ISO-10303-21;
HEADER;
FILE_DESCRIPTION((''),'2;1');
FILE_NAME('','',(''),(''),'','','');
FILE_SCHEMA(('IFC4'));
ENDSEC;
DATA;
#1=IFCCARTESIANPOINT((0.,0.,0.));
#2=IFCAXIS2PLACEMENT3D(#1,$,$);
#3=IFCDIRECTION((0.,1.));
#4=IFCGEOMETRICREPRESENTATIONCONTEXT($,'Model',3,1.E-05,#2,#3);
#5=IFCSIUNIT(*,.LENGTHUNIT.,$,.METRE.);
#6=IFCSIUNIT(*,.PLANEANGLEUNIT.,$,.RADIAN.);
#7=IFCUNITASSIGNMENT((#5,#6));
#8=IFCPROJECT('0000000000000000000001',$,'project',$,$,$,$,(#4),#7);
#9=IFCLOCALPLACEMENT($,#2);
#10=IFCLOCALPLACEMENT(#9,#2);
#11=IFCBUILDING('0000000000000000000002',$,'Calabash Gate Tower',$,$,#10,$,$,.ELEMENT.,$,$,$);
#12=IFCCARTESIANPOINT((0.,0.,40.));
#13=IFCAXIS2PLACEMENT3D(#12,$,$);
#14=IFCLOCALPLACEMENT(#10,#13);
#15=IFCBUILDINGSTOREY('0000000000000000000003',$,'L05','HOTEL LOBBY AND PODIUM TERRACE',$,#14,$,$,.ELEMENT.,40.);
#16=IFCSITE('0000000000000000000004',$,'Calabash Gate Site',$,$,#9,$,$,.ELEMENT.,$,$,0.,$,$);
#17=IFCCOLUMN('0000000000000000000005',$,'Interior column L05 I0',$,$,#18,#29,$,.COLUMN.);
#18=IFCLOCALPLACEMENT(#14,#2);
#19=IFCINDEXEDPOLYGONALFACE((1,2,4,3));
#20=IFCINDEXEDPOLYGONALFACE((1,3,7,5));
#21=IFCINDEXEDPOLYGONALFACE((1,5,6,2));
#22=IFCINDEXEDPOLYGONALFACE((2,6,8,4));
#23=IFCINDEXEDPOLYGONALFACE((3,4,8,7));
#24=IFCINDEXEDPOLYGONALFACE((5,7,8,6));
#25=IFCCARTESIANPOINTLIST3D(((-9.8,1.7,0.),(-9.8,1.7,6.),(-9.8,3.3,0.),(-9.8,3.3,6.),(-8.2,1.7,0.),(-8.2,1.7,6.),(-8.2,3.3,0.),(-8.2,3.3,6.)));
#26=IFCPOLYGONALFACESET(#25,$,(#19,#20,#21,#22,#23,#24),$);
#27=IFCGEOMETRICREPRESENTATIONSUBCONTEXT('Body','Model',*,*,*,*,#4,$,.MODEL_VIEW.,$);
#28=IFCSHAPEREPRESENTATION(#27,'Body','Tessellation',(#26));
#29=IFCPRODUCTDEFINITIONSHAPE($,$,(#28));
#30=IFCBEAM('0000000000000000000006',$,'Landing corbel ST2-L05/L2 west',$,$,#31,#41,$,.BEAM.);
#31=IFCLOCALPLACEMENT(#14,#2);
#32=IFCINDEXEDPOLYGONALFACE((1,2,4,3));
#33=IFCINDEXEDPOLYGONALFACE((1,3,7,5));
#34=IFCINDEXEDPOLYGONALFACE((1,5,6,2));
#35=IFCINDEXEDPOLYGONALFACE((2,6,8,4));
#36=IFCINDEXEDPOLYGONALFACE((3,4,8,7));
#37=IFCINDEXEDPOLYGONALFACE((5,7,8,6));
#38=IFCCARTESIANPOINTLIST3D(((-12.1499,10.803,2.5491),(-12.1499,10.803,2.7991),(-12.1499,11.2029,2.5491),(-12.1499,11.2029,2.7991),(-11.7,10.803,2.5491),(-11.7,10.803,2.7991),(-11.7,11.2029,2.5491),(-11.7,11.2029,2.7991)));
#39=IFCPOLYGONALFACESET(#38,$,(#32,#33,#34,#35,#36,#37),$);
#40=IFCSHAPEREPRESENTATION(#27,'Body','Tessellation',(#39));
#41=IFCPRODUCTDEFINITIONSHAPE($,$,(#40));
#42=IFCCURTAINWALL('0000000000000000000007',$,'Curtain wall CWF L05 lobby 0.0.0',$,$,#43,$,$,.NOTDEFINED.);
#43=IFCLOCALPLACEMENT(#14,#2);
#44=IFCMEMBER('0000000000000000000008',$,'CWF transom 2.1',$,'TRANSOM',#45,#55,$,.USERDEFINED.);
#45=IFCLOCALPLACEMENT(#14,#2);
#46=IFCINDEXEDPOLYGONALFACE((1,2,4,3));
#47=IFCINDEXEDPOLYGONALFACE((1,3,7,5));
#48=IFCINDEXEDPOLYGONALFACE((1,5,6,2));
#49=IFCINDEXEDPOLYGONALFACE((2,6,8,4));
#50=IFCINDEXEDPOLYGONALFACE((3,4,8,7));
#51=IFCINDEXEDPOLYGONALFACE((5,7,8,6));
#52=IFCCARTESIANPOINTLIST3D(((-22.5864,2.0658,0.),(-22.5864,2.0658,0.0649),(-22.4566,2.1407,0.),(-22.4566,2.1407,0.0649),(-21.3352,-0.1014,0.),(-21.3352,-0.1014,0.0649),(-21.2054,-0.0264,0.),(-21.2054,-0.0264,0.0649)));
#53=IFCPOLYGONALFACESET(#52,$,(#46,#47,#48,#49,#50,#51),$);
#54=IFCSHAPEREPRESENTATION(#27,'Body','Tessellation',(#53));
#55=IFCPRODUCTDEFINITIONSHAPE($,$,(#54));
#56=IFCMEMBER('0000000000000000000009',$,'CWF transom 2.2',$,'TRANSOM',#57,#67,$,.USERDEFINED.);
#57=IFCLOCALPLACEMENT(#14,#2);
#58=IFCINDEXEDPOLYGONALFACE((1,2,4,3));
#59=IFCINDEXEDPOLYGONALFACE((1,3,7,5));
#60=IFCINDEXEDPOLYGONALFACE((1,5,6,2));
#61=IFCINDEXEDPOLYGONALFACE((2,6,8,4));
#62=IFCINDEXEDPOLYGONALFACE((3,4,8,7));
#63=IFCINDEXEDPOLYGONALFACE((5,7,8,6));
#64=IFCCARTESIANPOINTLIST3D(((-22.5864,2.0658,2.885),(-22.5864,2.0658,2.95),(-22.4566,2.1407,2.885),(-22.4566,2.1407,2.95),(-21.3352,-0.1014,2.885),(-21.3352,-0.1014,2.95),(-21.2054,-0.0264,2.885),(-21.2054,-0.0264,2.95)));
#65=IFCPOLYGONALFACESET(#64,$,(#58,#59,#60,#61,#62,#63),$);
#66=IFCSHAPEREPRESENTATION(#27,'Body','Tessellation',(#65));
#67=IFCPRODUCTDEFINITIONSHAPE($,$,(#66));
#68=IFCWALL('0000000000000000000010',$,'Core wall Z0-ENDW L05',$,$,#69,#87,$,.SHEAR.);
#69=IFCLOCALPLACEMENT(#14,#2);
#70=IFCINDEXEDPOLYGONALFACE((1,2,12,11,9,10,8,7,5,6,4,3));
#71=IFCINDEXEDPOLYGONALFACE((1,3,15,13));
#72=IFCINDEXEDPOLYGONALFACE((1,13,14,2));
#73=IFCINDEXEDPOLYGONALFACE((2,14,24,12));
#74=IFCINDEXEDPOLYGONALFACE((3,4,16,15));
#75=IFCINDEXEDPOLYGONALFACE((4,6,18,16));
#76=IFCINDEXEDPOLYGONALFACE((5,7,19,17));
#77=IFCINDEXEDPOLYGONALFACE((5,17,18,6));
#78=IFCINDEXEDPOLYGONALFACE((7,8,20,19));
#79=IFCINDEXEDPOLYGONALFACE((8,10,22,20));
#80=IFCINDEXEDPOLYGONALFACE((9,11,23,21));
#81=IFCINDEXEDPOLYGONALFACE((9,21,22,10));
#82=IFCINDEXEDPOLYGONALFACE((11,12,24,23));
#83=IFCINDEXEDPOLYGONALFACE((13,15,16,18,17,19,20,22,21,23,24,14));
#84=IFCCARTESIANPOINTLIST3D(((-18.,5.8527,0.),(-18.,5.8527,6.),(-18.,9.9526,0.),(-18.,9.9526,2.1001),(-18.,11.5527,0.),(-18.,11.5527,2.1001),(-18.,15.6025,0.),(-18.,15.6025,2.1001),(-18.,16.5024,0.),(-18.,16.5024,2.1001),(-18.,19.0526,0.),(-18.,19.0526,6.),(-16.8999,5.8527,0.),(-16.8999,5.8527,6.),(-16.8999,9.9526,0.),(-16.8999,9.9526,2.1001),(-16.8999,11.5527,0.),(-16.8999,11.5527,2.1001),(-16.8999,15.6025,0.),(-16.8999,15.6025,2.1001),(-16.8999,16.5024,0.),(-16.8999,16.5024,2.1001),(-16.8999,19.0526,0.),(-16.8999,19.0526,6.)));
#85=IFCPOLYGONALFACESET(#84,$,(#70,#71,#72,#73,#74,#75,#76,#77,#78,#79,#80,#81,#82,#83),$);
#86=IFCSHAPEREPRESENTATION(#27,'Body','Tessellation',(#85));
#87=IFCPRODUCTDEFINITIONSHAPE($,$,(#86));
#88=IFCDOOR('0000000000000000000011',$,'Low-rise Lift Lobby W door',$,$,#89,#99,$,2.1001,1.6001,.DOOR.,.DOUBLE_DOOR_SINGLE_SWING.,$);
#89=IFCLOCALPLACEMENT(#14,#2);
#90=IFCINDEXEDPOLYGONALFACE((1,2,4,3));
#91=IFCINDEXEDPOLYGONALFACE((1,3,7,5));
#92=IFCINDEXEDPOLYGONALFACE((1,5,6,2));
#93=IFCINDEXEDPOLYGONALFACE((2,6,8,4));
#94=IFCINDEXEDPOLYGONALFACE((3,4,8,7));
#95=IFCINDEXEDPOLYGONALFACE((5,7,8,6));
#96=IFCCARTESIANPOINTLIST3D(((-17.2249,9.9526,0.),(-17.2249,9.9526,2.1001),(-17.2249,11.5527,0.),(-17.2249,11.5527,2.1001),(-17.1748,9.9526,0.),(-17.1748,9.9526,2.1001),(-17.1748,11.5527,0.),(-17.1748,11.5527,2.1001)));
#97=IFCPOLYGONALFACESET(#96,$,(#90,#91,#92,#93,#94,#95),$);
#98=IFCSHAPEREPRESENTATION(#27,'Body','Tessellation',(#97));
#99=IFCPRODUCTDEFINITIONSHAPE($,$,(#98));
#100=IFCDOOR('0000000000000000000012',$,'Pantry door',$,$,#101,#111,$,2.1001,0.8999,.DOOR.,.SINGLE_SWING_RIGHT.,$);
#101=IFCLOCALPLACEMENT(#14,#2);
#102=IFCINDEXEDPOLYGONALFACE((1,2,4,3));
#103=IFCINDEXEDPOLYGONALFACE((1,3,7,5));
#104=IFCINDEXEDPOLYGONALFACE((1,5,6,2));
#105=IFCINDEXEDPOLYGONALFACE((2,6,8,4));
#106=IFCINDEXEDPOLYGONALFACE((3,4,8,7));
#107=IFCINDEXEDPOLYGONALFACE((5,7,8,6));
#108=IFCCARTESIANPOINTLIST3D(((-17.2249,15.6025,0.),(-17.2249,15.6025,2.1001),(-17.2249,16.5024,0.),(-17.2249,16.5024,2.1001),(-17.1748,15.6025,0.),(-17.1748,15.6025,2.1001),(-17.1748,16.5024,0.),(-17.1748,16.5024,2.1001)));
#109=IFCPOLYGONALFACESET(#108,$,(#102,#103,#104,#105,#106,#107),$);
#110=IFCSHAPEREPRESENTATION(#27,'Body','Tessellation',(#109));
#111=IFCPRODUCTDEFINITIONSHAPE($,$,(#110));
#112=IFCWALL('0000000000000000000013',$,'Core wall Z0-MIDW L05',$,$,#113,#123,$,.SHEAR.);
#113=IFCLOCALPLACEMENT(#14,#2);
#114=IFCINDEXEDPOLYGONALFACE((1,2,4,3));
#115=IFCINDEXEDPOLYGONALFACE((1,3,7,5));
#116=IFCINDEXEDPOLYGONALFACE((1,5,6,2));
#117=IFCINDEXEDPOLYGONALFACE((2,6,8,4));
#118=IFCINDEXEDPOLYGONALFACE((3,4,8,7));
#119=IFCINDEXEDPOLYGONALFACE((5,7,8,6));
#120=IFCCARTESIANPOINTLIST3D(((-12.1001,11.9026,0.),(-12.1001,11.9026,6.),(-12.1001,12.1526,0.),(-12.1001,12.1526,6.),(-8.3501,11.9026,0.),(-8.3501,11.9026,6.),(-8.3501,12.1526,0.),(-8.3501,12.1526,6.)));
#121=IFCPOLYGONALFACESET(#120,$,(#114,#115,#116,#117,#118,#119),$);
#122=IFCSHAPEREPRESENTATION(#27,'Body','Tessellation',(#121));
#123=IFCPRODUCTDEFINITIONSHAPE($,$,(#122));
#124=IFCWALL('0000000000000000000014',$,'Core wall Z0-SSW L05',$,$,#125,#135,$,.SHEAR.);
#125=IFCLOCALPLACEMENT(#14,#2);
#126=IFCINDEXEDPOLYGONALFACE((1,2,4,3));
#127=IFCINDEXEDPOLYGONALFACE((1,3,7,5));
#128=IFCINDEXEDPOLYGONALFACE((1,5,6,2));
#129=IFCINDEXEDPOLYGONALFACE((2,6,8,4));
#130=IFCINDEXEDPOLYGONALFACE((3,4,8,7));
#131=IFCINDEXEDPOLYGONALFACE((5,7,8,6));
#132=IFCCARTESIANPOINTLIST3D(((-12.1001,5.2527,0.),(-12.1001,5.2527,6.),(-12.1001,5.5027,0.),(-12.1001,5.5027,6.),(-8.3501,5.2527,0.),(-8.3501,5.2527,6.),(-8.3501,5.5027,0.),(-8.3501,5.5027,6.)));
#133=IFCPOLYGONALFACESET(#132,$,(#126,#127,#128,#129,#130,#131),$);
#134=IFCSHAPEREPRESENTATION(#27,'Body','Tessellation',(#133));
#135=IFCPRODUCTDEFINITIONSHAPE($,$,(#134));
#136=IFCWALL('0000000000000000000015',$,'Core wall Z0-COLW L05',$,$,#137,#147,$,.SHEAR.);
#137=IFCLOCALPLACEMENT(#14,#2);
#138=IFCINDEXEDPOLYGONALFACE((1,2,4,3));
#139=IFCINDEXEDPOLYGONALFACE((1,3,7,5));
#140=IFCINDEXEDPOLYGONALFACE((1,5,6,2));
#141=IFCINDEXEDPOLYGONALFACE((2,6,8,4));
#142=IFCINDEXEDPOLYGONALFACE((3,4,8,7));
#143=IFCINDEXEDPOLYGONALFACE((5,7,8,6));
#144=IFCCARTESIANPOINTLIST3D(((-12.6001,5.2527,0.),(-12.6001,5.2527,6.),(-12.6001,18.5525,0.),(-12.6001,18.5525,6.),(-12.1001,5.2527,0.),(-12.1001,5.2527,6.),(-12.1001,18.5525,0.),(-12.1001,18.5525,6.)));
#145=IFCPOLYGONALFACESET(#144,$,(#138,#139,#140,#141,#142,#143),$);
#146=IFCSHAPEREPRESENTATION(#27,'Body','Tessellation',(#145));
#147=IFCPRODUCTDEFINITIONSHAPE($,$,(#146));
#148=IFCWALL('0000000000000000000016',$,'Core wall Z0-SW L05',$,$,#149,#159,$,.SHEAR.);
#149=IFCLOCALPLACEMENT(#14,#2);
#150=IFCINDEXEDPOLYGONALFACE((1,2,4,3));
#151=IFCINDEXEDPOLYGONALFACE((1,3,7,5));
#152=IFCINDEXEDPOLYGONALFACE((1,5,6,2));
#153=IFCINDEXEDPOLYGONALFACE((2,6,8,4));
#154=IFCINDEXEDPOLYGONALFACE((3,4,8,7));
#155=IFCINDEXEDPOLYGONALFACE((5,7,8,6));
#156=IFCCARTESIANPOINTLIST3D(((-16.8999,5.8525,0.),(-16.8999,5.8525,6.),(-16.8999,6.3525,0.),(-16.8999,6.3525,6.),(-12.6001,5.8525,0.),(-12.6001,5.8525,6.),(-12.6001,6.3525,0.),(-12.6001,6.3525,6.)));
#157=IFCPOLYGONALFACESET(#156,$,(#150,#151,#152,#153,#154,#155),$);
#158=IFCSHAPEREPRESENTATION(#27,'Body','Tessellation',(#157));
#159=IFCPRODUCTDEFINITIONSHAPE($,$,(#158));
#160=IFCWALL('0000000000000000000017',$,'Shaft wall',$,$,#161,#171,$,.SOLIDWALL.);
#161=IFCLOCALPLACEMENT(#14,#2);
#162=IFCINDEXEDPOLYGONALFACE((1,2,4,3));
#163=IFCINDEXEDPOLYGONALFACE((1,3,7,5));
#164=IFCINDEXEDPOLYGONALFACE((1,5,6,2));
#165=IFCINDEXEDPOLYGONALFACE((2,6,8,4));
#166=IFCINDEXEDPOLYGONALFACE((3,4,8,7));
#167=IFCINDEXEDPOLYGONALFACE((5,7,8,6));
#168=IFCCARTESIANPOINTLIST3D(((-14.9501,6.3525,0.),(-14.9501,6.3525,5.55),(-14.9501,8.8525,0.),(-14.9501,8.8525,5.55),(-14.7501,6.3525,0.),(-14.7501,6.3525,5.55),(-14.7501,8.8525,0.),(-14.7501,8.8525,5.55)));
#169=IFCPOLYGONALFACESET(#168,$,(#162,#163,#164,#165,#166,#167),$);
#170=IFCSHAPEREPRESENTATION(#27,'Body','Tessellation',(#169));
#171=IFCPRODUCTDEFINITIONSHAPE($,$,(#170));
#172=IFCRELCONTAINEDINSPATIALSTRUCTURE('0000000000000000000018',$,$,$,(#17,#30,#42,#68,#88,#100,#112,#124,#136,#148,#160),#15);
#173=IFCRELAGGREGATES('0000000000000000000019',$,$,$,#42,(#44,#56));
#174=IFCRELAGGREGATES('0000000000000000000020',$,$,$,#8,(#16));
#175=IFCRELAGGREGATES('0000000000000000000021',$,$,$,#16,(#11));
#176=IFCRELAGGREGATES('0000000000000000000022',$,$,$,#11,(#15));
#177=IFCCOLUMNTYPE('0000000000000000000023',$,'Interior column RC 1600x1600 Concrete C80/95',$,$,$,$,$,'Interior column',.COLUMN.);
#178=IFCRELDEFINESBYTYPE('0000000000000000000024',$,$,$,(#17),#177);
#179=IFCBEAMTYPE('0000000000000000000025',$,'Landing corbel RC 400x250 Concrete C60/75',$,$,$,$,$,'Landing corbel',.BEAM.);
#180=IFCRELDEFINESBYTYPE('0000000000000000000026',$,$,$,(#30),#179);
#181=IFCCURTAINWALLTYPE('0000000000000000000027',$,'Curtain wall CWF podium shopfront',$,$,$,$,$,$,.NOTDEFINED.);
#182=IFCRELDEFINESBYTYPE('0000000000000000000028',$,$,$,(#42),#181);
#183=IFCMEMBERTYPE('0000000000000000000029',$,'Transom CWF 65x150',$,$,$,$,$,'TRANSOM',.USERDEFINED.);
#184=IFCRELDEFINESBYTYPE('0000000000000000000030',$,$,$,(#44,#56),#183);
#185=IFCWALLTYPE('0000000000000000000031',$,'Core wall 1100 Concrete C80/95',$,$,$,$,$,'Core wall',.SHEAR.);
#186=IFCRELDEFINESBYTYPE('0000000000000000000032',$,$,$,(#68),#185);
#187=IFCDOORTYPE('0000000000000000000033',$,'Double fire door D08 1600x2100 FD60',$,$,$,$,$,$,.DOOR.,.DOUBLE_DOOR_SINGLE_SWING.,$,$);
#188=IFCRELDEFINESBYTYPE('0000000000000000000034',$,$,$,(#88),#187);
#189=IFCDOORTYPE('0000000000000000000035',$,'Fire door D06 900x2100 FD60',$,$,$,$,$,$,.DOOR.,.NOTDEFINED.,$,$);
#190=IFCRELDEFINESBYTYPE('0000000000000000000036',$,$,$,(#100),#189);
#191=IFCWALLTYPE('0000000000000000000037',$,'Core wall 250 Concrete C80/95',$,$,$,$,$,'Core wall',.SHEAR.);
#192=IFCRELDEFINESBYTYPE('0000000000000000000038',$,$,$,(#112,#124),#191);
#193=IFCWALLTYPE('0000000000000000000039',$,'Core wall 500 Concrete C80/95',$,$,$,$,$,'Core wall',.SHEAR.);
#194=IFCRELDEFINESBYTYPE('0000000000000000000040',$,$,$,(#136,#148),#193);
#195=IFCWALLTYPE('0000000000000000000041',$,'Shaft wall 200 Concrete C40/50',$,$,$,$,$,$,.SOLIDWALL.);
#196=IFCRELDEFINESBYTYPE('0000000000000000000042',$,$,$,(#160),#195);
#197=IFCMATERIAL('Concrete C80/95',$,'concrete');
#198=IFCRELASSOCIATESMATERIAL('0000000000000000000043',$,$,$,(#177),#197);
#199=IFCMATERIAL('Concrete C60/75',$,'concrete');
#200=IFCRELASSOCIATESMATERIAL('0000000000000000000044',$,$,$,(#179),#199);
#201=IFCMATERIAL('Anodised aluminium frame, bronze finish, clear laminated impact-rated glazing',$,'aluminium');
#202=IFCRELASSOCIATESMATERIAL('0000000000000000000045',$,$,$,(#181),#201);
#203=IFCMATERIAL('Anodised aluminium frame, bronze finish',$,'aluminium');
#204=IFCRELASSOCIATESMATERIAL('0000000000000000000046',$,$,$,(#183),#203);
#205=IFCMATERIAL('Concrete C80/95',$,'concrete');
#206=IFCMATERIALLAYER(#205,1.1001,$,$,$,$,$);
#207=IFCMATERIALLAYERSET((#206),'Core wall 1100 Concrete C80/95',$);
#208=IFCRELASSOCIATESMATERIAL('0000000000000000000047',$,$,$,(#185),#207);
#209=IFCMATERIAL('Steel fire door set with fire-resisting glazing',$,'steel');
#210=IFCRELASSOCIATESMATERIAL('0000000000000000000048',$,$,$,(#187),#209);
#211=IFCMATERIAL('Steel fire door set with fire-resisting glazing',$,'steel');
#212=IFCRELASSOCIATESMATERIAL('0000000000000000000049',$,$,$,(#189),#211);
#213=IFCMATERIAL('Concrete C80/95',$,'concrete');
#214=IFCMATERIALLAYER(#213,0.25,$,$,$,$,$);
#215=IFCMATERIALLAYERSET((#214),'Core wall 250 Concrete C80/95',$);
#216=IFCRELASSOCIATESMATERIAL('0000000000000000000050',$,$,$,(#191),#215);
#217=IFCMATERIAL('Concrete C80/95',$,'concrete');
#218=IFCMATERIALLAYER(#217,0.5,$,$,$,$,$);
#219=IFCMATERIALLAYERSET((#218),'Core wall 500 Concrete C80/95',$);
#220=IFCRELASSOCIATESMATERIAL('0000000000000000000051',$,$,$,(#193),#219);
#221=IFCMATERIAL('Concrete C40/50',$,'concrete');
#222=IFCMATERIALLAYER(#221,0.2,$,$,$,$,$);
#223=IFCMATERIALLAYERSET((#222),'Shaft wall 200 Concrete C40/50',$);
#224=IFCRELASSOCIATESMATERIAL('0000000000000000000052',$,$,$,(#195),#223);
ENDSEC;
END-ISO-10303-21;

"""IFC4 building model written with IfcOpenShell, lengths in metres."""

from ifc_helpers import new_model, si_unit, direction, frame, frame_2d, origin, origin_2d, place, context, subcontext, project, spatial, rectangle, extrude, material, layer, layer_set, material_profile, profile_set, type_object, element, fill, aggregate, save


model = new_model("IFC4")

# Units and contexts
model_context = context("Model", 3, precision=1e-05, world=origin(), true_north=direction((0.0, 1.0)))
body_context = subcontext(model_context, "Body", "Model", "MODEL_VIEW")
ifc_project = project(units=[si_unit("LENGTHUNIT", "METRE"), si_unit("PLANEANGLEUNIT", "RADIAN")], contexts=[model_context])

# Site, building, storey
site_placement = place(None, origin())
site = spatial("IfcSite", under=ifc_project, at=site_placement, Name="Calabash Gate Site", CompositionType="ELEMENT", RefElevation=0.0)
building_placement = place(site_placement, origin())
building = spatial("IfcBuilding", under=site, at=building_placement, Name="Calabash Gate Tower", CompositionType="ELEMENT")
storey_placement = place(building_placement, frame((0.0, 0.0, 40.0)))
storey = spatial("IfcBuildingStorey", under=building, at=storey_placement, Name="L05", Description="HOTEL LOBBY AND PODIUM TERRACE", CompositionType="ELEMENT", Elevation=40.0)

# Column
ifc_material_1 = material(Name="Concrete C80/95", Category="concrete")
ifc_material_profile_1 = material_profile(ifc_material_1, rectangle(XDim=1.6001, YDim=1.6001, at=origin_2d()))
ifc_profile_set_1 = profile_set([ifc_material_profile_1], Name="Concrete C80/95")
column_type = type_object("IfcColumnType", Name="Interior column RC 1600x1600 Concrete C80/95", ElementType="Interior column", PredefinedType="COLUMN", material=ifc_profile_set_1)
column_placement = place(storey_placement, frame((-9.0, 2.5, 0.0), z_axis=(0.0, 0.0, 1.0), x_axis=(1.0, 0.0, 0.0)))
element("IfcColumn", 1, at=column_placement, inside=storey, type_object=column_type, Name="Interior column L05 I0", PredefinedType="COLUMN", context=body_context, shape_type="SweptSolid", body=[
    extrude(rectangle(XDim=1.6001, YDim=1.6001, at=origin_2d()), origin(), (0.0, 0.0, 1.0), 6.0),
])

# Beam
ifc_material_2 = material(Name="Concrete C60/75", Category="concrete")
ifc_material_profile_2 = material_profile(ifc_material_2, rectangle(XDim=0.3999, YDim=0.25, at=origin_2d()))
ifc_profile_set_2 = profile_set([ifc_material_profile_2], Name="Concrete C60/75")
beam_type = type_object("IfcBeamType", Name="Landing corbel RC 400x250 Concrete C60/75", ElementType="Landing corbel", PredefinedType="BEAM", material=ifc_profile_set_2)
beam_placement = place(storey_placement, frame((-12.1499, 11.0029, 2.6741), z_axis=(1.0, 0.0, 0.0), x_axis=(0.0, 1.0, 0.0)))
element("IfcBeam", 2, at=beam_placement, inside=storey, type_object=beam_type, Name="Landing corbel ST2-L05/L2 west", PredefinedType="BEAM", context=body_context, shape_type="SweptSolid", body=[
    extrude(rectangle(XDim=0.3999, YDim=0.25, at=origin_2d()), origin(), (0.0, 0.0, 1.0), 0.45),
])

# Curtain wall, members
ifc_material_3 = material(Name="Anodised aluminium frame, bronze finish, clear laminated impact-rated glazing", Category="aluminium")
curtain_wall_type = type_object("IfcCurtainWallType", Name="Curtain wall CWF podium shopfront", PredefinedType="NOTDEFINED", material=ifc_material_3)
curtain_wall_placement = place(storey_placement, origin())
curtain_wall = element("IfcCurtainWall", 3, at=curtain_wall_placement, inside=storey, type_object=curtain_wall_type, Name="Curtain wall CWF L05 lobby 0.0.0", PredefinedType="NOTDEFINED")
ifc_material_4 = material(Name="Anodised aluminium frame, bronze finish", Category="aluminium")
ifc_material_profile_3 = material_profile(ifc_material_4, rectangle(XDim=0.1499, YDim=0.0649, at=origin_2d()))
ifc_profile_set_3 = profile_set([ifc_material_profile_3], Name="Anodised aluminium frame, bronze finish")
member_type = type_object("IfcMemberType", Name="Transom CWF 65x150", ElementType="TRANSOM", PredefinedType="USERDEFINED", material=ifc_profile_set_3)
member_1_placement = place(storey_placement, frame((-22.5215, 2.1033, 0.0325), z_axis=(0.49999, -0.866031, 0.0), x_axis=(0.866031, 0.49999, 0.0)))
member_1 = element("IfcMember", 4, at=member_1_placement, type_object=member_type, Name="CWF transom 2.1", ObjectType="TRANSOM", PredefinedType="USERDEFINED", context=body_context, shape_type="SweptSolid", body=[
    extrude(rectangle(XDim=0.1499, YDim=0.0649, at=origin_2d()), origin(), (0.0, 0.0, 1.0), 2.5024),
])
member_2_placement = place(storey_placement, frame((-22.5215, 2.1033, 2.9175), z_axis=(0.49999, -0.866031, 0.0), x_axis=(0.866031, 0.49999, 0.0)))
member_2 = element("IfcMember", 5, at=member_2_placement, type_object=member_type, Name="CWF transom 2.2", ObjectType="TRANSOM", PredefinedType="USERDEFINED", context=body_context, shape_type="SweptSolid", body=[
    extrude(rectangle(XDim=0.1499, YDim=0.0649, at=origin_2d()), origin(), (0.0, 0.0, 1.0), 2.5024),
])
aggregate(curtain_wall, [member_1, member_2])

# Wall, openings, doors
ifc_material_5 = material(Name="Concrete C80/95", Category="concrete")
ifc_layer_1 = layer(ifc_material_5, 1.1001)
ifc_layer_set_1 = layer_set([ifc_layer_1], Name="Core wall 1100 Concrete C80/95")
wall_type_1 = type_object("IfcWallType", Name="Core wall 1100 Concrete C80/95", ElementType="Core wall", PredefinedType="SHEAR", material=ifc_layer_set_1)
wall_1_placement = place(storey_placement, frame((-17.45, 5.8525, 0.0), z_axis=(0.0, 0.0, 1.0), x_axis=(0.0, 1.0, 0.0)))
wall_1 = element("IfcWall", 6, at=wall_1_placement, inside=storey, type_object=wall_type_1, Name="Core wall Z0-ENDW L05", PredefinedType="SHEAR", context=body_context, shape_type="SweptSolid", body=[
    extrude(rectangle(XDim=13.2, YDim=1.1001, at=frame_2d((6.6001, 0.0))), origin(), (0.0, 0.0, 1.0), 6.0),
])
opening_1_placement = place(wall_1_placement, frame((4.1001, 0.0, 0.0)))
opening_1 = element("IfcOpeningElement", 7, at=opening_1_placement, cuts=wall_1, PredefinedType="OPENING", context=body_context, shape_type="SweptSolid", body=[
    extrude(rectangle(XDim=1.6001, YDim=2.1001, at=frame_2d((0.8, 1.05))), frame((0.0, 0.5601, 0.0), z_axis=(0.0, -1.0, 0.0), x_axis=(1.0, 0.0, 0.0)), (0.0, 0.0, 1.0), 1.1201),
])
opening_2_placement = place(wall_1_placement, frame((9.75, 0.0, 0.0)))
opening_2 = element("IfcOpeningElement", 8, at=opening_2_placement, cuts=wall_1, PredefinedType="OPENING", context=body_context, shape_type="SweptSolid", body=[
    extrude(rectangle(XDim=0.8999, YDim=2.1001, at=frame_2d((0.45, 1.05))), frame((0.0, 0.5601, 0.0), z_axis=(0.0, -1.0, 0.0), x_axis=(1.0, 0.0, 0.0)), (0.0, 0.0, 1.0), 1.1201),
])
ifc_material_6 = material(Name="Steel fire door set with fire-resisting glazing", Category="steel")
door_type_1 = type_object("IfcDoorType", Name="Double fire door D08 1600x2100 FD60", OperationType="DOUBLE_DOOR_SINGLE_SWING", PredefinedType="DOOR", material=ifc_material_6)
door_1_placement = place(opening_1_placement, origin())
door_1 = element("IfcDoor", 9, at=door_1_placement, inside=storey, type_object=door_type_1, Name="Low-rise Lift Lobby W door", OperationType="DOUBLE_DOOR_SINGLE_SWING", OverallHeight=2.1001, OverallWidth=1.6001, PredefinedType="DOOR", context=body_context, shape_type="SweptSolid", body=[
    extrude(rectangle(XDim=1.6001, YDim=2.1001, at=frame_2d((0.8, 1.05))), frame((0.0, -0.2251, 0.0), z_axis=(0.0, -1.0, 0.0), x_axis=(1.0, 0.0, 0.0)), (0.0, 0.0, 1.0), 0.05),
])
fill(opening_1, door_1)
ifc_material_7 = material(Name="Steel fire door set with fire-resisting glazing", Category="steel")
door_type_2 = type_object("IfcDoorType", Name="Fire door D06 900x2100 FD60", OperationType="NOTDEFINED", PredefinedType="DOOR", material=ifc_material_7)
door_2_placement = place(opening_2_placement, origin())
door_2 = element("IfcDoor", 10, at=door_2_placement, inside=storey, type_object=door_type_2, Name="Pantry door", OperationType="SINGLE_SWING_RIGHT", OverallHeight=2.1001, OverallWidth=0.8999, PredefinedType="DOOR", context=body_context, shape_type="SweptSolid", body=[
    extrude(rectangle(XDim=0.8999, YDim=2.1001, at=frame_2d((0.45, 1.05))), frame((0.0, -0.2251, 0.0), z_axis=(0.0, -1.0, 0.0), x_axis=(1.0, 0.0, 0.0)), (0.0, 0.0, 1.0), 0.05),
])
fill(opening_2, door_2)

# Walls
ifc_material_8 = material(Name="Concrete C80/95", Category="concrete")
ifc_layer_2 = layer(ifc_material_8, 0.25)
ifc_layer_set_2 = layer_set([ifc_layer_2], Name="Core wall 250 Concrete C80/95")
wall_type_2 = type_object("IfcWallType", Name="Core wall 250 Concrete C80/95", ElementType="Core wall", PredefinedType="SHEAR", material=ifc_layer_set_2)
for number, where, z_axis, x_axis, name in (
    (11, (-12.1001, 12.0276, 0.0), (0.0, 0.0, 1.0), (1.0, 0.0, 0.0), "Core wall Z0-MIDW L05"),
    (12, (-12.1001, 5.3777, 0.0), (0.0, 0.0, 1.0), (1.0, 0.0, 0.0), "Core wall Z0-SSW L05"),
):
    element("IfcWall", number, at=place(storey_placement, frame(where, z_axis=z_axis, x_axis=x_axis)), inside=storey, type_object=wall_type_2, Name=name, PredefinedType="SHEAR", context=body_context, shape_type="SweptSolid", body=[
        extrude(rectangle(XDim=3.75, YDim=0.25, at=frame_2d((1.875, 0.0))), origin(), (0.0, 0.0, 1.0), 6.0),
    ])
ifc_material_9 = material(Name="Concrete C80/95", Category="concrete")
ifc_layer_3 = layer(ifc_material_9, 0.5)
ifc_layer_set_3 = layer_set([ifc_layer_3], Name="Core wall 500 Concrete C80/95")
wall_type_3 = type_object("IfcWallType", Name="Core wall 500 Concrete C80/95", ElementType="Core wall", PredefinedType="SHEAR", material=ifc_layer_set_3)
wall_2_placement = place(storey_placement, frame((-12.3501, 5.2527, 0.0), z_axis=(0.0, 0.0, 1.0), x_axis=(0.0, 1.0, 0.0)))
element("IfcWall", 13, at=wall_2_placement, inside=storey, type_object=wall_type_3, Name="Core wall Z0-COLW L05", PredefinedType="SHEAR", context=body_context, shape_type="SweptSolid", body=[
    extrude(rectangle(XDim=13.2998, YDim=0.5, at=frame_2d((6.6499, 0.0))), origin(), (0.0, 0.0, 1.0), 6.0),
])
wall_3_placement = place(storey_placement, frame((-12.6001, 6.1025, 0.0), z_axis=(0.0, 0.0, 1.0), x_axis=(-1.0, 0.0, 0.0)))
element("IfcWall", 14, at=wall_3_placement, inside=storey, type_object=wall_type_3, Name="Core wall Z0-SW L05", PredefinedType="SHEAR", context=body_context, shape_type="SweptSolid", body=[
    extrude(rectangle(XDim=4.2998, YDim=0.5, at=frame_2d((2.1499, 0.0))), origin(), (0.0, 0.0, 1.0), 6.0),
])
ifc_material_10 = material(Name="Concrete C40/50", Category="concrete")
ifc_layer_4 = layer(ifc_material_10, 0.2)
ifc_layer_set_4 = layer_set([ifc_layer_4], Name="Shaft wall 200 Concrete C40/50")
wall_type_4 = type_object("IfcWallType", Name="Shaft wall 200 Concrete C40/50", PredefinedType="SOLIDWALL", material=ifc_layer_set_4)
wall_4_placement = place(storey_placement, frame((-14.8501, 6.3525, 0.0), z_axis=(0.0, 0.0, 1.0), x_axis=(0.0, 1.0, 0.0)))
element("IfcWall", 15, at=wall_4_placement, inside=storey, type_object=wall_type_4, Name="Shaft wall", PredefinedType="SOLIDWALL", context=body_context, shape_type="SweptSolid", body=[
    extrude(rectangle(XDim=2.5, YDim=0.2, at=frame_2d((1.25, 0.0))), origin(), (0.0, 0.0, 1.0), 5.55),
])

save(model, "model.ifc")
